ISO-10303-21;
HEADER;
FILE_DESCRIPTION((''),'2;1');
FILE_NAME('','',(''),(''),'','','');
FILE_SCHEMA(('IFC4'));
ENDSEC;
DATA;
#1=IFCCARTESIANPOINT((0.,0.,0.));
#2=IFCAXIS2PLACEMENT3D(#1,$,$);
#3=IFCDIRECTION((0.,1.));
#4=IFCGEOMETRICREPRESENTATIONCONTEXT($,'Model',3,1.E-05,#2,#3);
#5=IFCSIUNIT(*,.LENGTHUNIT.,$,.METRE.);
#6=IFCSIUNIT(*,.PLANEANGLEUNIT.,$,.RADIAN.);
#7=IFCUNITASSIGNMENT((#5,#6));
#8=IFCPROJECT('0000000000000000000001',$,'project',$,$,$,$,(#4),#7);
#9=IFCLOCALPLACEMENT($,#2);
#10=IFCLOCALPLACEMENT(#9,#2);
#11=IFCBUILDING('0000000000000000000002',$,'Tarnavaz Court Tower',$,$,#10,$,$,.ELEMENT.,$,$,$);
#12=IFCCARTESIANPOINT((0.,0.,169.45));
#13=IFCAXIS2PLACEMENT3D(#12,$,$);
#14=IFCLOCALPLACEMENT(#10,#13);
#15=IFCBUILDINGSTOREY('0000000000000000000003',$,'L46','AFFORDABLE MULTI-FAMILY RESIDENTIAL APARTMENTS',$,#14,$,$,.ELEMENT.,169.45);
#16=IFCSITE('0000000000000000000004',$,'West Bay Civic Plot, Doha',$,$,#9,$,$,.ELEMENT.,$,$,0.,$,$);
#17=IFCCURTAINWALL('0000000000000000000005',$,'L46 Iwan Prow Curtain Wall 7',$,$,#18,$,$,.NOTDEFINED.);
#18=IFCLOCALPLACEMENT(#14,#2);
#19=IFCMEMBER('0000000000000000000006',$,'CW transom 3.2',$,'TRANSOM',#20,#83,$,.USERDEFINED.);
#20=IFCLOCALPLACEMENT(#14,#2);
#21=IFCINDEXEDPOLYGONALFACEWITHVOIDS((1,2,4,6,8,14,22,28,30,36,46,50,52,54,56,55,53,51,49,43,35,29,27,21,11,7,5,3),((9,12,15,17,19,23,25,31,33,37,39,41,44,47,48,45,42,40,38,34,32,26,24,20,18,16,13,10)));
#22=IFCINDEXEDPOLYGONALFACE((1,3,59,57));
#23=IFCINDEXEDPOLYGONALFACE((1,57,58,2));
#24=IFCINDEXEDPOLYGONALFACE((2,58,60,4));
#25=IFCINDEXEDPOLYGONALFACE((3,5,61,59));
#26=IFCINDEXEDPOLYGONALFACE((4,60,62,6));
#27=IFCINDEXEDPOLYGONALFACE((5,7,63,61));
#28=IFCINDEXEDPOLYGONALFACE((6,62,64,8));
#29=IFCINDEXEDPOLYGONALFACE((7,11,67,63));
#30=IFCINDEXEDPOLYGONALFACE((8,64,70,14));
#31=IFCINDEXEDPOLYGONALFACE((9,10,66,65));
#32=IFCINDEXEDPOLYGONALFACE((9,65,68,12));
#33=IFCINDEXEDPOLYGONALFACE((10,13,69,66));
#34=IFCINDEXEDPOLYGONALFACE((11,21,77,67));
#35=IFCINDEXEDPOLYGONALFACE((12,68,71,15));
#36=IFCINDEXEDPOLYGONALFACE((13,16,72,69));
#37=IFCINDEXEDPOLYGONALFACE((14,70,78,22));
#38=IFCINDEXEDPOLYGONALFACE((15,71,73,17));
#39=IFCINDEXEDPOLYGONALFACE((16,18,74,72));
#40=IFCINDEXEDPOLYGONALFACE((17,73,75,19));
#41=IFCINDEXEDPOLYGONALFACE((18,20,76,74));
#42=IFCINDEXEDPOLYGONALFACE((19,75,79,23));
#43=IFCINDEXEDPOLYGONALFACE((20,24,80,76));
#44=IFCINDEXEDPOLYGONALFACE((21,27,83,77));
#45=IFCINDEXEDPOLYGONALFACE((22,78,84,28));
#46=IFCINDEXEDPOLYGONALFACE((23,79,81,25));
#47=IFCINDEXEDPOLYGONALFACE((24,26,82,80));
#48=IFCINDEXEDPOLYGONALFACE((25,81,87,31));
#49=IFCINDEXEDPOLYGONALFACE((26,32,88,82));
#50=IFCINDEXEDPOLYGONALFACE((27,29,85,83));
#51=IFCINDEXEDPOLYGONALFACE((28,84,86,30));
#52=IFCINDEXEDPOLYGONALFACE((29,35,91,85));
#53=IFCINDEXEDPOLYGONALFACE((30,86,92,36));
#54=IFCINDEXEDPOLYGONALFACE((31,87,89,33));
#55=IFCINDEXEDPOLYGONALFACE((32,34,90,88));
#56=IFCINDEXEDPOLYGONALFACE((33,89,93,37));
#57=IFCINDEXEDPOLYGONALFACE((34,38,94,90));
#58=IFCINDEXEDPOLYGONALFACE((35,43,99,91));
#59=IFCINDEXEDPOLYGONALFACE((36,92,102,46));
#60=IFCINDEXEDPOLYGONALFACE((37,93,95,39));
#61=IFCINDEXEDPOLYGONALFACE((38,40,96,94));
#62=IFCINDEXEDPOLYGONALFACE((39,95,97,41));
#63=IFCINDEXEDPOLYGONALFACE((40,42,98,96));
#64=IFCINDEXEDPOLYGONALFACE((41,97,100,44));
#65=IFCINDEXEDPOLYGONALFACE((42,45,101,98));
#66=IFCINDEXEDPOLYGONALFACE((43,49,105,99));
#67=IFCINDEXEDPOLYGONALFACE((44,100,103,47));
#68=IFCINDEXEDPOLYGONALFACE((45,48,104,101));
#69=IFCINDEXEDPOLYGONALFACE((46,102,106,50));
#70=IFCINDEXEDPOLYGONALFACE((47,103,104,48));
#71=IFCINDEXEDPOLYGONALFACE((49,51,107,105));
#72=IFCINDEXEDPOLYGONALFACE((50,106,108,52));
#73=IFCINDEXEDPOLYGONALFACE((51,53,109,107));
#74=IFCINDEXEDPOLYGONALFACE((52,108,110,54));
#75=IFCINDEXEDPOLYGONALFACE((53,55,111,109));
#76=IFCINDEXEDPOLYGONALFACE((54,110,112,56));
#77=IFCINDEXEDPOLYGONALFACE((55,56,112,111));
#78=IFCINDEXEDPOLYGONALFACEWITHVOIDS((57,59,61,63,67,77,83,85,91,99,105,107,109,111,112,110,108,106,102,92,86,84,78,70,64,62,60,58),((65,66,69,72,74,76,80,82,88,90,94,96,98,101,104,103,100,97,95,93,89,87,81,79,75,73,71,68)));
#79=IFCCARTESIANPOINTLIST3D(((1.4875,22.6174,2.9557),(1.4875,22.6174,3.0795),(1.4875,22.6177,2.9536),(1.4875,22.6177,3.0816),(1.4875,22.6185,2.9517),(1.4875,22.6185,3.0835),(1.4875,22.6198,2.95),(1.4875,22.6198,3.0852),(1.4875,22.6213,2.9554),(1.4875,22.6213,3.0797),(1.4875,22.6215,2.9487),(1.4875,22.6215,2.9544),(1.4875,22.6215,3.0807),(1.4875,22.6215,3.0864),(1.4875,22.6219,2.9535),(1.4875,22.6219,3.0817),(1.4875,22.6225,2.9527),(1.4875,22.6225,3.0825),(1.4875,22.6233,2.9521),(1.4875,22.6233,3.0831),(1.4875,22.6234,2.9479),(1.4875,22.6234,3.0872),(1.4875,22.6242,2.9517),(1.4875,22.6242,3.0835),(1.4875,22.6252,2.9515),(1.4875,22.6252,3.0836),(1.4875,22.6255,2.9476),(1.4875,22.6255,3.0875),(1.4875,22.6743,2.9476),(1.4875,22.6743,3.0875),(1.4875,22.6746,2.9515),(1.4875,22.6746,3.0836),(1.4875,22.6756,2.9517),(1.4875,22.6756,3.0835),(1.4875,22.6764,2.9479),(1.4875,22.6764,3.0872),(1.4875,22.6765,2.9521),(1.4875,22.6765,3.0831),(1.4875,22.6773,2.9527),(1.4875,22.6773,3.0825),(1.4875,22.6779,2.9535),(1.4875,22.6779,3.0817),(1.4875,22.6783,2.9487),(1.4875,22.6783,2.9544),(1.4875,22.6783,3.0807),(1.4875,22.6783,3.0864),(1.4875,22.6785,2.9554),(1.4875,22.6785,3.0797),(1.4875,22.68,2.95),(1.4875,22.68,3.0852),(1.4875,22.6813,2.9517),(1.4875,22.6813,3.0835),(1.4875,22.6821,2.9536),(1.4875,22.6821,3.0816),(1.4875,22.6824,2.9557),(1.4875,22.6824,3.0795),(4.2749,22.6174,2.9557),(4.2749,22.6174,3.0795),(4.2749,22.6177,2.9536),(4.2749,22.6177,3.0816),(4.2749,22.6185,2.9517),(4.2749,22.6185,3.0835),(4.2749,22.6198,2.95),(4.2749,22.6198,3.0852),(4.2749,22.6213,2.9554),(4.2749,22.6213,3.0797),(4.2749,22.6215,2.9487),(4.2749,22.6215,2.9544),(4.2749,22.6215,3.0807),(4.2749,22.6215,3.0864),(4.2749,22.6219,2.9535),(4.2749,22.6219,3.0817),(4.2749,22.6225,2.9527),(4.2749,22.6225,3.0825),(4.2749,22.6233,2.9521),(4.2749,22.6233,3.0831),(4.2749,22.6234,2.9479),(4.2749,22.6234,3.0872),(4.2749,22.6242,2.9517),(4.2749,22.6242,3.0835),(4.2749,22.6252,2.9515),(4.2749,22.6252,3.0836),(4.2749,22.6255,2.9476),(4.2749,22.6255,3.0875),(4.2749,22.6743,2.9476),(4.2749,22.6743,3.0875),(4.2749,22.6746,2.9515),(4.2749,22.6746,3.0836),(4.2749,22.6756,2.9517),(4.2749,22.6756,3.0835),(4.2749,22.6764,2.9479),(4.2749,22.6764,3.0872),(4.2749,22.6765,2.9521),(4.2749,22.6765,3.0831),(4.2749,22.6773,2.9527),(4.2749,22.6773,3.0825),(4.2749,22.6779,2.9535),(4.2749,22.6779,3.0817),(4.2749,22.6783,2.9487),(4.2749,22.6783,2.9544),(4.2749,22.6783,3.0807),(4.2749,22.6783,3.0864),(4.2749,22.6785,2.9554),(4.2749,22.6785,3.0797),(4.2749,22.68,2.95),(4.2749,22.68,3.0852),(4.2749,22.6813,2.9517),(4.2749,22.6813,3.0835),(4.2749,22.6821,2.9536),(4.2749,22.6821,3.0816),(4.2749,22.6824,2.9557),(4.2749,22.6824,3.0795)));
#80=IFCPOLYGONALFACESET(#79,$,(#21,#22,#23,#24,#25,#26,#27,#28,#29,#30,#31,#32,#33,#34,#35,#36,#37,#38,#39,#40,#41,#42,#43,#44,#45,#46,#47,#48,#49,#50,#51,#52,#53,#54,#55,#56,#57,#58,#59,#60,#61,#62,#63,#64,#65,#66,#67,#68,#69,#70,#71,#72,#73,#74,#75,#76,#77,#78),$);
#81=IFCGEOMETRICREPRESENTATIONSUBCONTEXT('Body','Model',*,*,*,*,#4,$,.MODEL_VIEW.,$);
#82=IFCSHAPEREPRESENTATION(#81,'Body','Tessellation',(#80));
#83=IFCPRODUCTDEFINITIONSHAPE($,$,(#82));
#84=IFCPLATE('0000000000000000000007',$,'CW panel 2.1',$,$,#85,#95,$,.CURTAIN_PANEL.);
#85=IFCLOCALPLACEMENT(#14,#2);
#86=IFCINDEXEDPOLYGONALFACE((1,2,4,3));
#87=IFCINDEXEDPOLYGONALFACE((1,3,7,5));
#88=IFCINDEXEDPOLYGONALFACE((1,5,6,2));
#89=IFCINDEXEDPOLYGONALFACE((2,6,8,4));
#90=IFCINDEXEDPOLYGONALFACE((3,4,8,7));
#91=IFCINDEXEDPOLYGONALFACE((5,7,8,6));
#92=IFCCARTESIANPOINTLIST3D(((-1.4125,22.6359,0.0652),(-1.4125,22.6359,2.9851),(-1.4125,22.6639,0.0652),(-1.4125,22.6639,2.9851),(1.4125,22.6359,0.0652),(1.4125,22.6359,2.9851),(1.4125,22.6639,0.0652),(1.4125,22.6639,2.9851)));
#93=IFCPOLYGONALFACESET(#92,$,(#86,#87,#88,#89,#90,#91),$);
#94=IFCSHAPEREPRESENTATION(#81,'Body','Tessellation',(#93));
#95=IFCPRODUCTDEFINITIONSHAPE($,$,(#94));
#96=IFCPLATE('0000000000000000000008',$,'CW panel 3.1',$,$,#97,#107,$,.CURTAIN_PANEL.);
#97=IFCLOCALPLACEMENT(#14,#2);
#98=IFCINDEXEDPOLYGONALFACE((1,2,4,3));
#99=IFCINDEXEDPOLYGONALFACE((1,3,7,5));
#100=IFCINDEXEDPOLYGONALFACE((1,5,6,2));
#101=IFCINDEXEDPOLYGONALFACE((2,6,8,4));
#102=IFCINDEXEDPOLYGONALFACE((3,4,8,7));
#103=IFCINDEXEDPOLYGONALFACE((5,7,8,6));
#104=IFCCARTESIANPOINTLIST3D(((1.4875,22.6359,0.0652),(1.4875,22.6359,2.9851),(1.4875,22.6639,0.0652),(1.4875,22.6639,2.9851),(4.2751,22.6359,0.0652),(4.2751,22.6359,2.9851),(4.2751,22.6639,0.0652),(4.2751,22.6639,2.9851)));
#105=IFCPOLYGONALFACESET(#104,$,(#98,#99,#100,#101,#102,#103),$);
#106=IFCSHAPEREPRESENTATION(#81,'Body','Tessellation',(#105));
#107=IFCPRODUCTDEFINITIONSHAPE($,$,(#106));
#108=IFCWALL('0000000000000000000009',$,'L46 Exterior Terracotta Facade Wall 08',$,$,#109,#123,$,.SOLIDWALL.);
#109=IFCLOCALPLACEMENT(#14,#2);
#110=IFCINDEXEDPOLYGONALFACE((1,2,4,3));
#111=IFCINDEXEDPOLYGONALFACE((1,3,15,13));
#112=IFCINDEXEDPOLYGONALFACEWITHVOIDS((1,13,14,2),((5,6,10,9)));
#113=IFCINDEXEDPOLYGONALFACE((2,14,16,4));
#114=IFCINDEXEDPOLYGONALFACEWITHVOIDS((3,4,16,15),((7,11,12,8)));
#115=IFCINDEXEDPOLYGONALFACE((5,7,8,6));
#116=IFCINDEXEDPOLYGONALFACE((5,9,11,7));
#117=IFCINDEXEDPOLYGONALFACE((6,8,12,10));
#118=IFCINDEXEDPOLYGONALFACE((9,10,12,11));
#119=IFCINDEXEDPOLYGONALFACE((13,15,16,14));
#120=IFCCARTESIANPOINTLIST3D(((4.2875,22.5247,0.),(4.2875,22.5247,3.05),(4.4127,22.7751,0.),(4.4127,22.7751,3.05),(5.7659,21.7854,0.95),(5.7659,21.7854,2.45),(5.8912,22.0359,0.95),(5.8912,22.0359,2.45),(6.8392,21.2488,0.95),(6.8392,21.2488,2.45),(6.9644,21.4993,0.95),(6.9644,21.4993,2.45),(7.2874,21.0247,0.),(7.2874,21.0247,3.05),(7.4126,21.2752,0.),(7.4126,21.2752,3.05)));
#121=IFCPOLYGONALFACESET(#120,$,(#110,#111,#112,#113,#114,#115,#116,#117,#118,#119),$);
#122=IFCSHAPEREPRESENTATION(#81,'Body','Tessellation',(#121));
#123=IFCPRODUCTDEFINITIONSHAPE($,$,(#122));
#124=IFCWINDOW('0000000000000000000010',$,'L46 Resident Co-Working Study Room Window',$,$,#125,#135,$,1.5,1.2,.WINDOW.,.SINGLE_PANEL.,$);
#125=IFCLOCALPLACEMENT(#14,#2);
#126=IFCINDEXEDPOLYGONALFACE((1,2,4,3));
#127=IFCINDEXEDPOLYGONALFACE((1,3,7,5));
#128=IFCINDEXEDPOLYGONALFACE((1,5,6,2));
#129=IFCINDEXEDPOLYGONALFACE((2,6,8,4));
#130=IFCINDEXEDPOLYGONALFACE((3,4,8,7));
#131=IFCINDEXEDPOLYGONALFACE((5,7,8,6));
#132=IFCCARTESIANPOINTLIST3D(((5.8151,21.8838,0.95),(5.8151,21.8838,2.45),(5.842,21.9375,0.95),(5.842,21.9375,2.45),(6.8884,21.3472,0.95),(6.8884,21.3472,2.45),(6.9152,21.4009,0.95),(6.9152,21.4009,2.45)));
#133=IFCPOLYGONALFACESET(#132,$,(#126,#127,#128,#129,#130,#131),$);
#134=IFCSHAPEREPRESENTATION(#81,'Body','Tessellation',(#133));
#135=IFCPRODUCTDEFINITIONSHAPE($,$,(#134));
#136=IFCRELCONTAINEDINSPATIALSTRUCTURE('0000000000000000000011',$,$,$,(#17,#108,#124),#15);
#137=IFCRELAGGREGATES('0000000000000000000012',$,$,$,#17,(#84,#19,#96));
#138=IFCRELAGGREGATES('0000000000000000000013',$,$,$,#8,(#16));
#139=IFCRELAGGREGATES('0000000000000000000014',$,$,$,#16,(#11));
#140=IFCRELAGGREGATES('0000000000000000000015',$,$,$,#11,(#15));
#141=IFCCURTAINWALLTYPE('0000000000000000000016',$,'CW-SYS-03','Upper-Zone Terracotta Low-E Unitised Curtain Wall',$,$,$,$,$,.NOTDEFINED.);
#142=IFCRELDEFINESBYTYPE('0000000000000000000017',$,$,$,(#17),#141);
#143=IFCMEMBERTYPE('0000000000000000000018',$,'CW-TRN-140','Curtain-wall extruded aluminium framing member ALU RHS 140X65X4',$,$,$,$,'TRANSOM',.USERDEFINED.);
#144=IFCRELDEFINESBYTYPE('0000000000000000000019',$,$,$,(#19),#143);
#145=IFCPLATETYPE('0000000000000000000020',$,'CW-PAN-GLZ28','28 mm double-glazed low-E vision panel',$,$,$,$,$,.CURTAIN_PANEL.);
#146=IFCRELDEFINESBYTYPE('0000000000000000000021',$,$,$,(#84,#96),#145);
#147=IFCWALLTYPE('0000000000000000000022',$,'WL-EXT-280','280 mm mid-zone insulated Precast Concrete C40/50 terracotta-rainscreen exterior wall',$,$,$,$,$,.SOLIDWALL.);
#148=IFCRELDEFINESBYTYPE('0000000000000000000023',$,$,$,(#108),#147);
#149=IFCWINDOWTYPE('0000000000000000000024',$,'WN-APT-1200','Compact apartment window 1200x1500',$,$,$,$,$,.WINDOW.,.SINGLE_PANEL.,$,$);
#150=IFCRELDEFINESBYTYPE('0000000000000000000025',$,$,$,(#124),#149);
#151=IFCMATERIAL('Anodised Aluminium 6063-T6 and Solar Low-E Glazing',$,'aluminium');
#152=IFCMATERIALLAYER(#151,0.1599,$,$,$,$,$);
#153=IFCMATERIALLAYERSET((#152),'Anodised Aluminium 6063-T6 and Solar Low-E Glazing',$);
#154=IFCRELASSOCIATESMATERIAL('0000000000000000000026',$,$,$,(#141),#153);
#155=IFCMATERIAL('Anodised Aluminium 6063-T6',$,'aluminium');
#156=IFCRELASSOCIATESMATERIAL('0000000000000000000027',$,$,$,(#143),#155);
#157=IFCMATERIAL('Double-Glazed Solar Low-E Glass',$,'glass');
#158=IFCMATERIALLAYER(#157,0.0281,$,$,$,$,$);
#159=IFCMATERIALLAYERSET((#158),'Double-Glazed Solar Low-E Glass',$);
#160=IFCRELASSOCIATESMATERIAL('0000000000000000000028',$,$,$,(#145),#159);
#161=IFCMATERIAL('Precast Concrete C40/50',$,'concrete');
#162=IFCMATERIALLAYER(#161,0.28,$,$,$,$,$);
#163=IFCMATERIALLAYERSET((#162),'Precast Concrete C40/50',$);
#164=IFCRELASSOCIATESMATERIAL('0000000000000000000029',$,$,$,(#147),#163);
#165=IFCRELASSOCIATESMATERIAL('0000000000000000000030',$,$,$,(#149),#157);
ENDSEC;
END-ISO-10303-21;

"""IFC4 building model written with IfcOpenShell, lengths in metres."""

from ifc_helpers import new_model, si_unit, direction, frame, frame_2d, origin, origin_2d, place, context, subcontext, project, spatial, rectangle, hollow_rectangle, extrude, material, layer, layer_set, material_profile, profile_set, type_object, element, fill, aggregate, save


model = new_model("IFC4")

# Units and contexts
model_context = context("Model", 3, precision=1e-05, world=origin(), true_north=direction((0.0, 1.0)))
body_context = subcontext(model_context, "Body", "Model", "MODEL_VIEW")
ifc_project = project(units=[si_unit("LENGTHUNIT", "METRE"), si_unit("PLANEANGLEUNIT", "RADIAN")], contexts=[model_context])

# Site, building, storey
site_placement = place(None, origin())
site = spatial("IfcSite", under=ifc_project, at=site_placement, Name="West Bay Civic Plot, Doha", CompositionType="ELEMENT", RefElevation=0.0)
building_placement = place(site_placement, origin())
building = spatial("IfcBuilding", under=site, at=building_placement, Name="Tarnavaz Court Tower", CompositionType="ELEMENT")
storey_placement = place(building_placement, frame((0.0, 0.0, 169.45)))
storey = spatial("IfcBuildingStorey", under=building, at=storey_placement, Name="L46", Description="AFFORDABLE MULTI-FAMILY RESIDENTIAL APARTMENTS", CompositionType="ELEMENT", Elevation=169.45)

# Curtain wall, member, plates
ifc_material_1 = material(Name="Anodised Aluminium 6063-T6 and Solar Low-E Glazing", Category="aluminium")
ifc_layer_1 = layer(ifc_material_1, 0.1599)
ifc_layer_set_1 = layer_set([ifc_layer_1], Name="Anodised Aluminium 6063-T6 and Solar Low-E Glazing")
curtain_wall_type = type_object("IfcCurtainWallType", Name="CW-SYS-03", Description="Upper-Zone Terracotta Low-E Unitised Curtain Wall", PredefinedType="NOTDEFINED", material=ifc_layer_set_1)
curtain_wall_placement = place(storey_placement, origin())
curtain_wall = element("IfcCurtainWall", 1, at=curtain_wall_placement, inside=storey, type_object=curtain_wall_type, Name="L46 Iwan Prow Curtain Wall 7", PredefinedType="NOTDEFINED")
ifc_material_2 = material(Name="Anodised Aluminium 6063-T6", Category="aluminium")
ifc_material_profile_1 = material_profile(ifc_material_2, hollow_rectangle(XDim=0.0649, YDim=0.1399, WallThickness=0.0039, InnerFilletRadius=0.0039, OuterFilletRadius=0.0081, at=origin_2d()), Name="ALU RHS 140X65X4")
ifc_profile_set_1 = profile_set([ifc_material_profile_1], Name="Anodised Aluminium 6063-T6")
member_type_1 = type_object("IfcMemberType", Name="CW-TRN-140", Description="Curtain-wall extruded aluminium framing member ALU RHS 140X65X4", ElementType="TRANSOM", PredefinedType="USERDEFINED", material=ifc_profile_set_1)
member_1_placement = place(storey_placement, frame((1.4875, 22.6499, 3.0176), z_axis=(1.0, 0.0, 0.0), x_axis=(0.0, 1.0, 0.0)))
member_1 = element("IfcMember", 2, at=member_1_placement, type_object=member_type_1, Name="CW transom 3.2", ObjectType="TRANSOM", PredefinedType="USERDEFINED", context=body_context, shape_type="SweptSolid", body=[
    extrude(hollow_rectangle(XDim=0.0649, YDim=0.1399, WallThickness=0.0039, InnerFilletRadius=0.0039, OuterFilletRadius=0.0081, at=origin_2d()), origin(), (0.0, 0.0, 1.0), 2.7874),
])
ifc_material_3 = material(Name="Double-Glazed Solar Low-E Glass", Category="glass")
ifc_layer_2 = layer(ifc_material_3, 0.0281)
ifc_layer_set_2 = layer_set([ifc_layer_2], Name="Double-Glazed Solar Low-E Glass")
plate_type = type_object("IfcPlateType", Name="CW-PAN-GLZ28", Description="28 mm double-glazed low-E vision panel", PredefinedType="CURTAIN_PANEL", material=ifc_layer_set_2)
plate_1_placement = place(storey_placement, frame((0.0, 22.6499, 0.0652), z_axis=(0.0, 0.0, 1.0), x_axis=(1.0, 0.0, 0.0)))
plate_1 = element("IfcPlate", 3, at=plate_1_placement, type_object=plate_type, Name="CW panel 2.1", PredefinedType="CURTAIN_PANEL", context=body_context, shape_type="SweptSolid", body=[
    extrude(rectangle(XDim=2.825, YDim=0.0281, at=origin_2d()), origin(), (0.0, 0.0, 1.0), 2.9199),
])
plate_2_placement = place(storey_placement, frame((2.8813, 22.6499, 0.0652), z_axis=(0.0, 0.0, 1.0), x_axis=(1.0, 0.0, 0.0)))
plate_2 = element("IfcPlate", 4, at=plate_2_placement, type_object=plate_type, Name="CW panel 3.1", PredefinedType="CURTAIN_PANEL", context=body_context, shape_type="SweptSolid", body=[
    extrude(rectangle(XDim=2.7876, YDim=0.0281, at=origin_2d()), origin(), (0.0, 0.0, 1.0), 2.9199),
])
aggregate(curtain_wall, [plate_1, member_1, plate_2])

# Wall, opening, window
ifc_material_4 = material(Name="Precast Concrete C40/50", Category="concrete")
ifc_layer_3 = layer(ifc_material_4, 0.28)
ifc_layer_set_3 = layer_set([ifc_layer_3], Name="Precast Concrete C40/50")
wall_type_1 = type_object("IfcWallType", Name="WL-EXT-280", Description="280 mm mid-zone insulated Precast Concrete C40/50 terracotta-rainscreen exterior wall", PredefinedType="SOLIDWALL", material=ifc_layer_set_3)
wall_1_placement = place(storey_placement, frame((4.3501, 22.6499, 0.0), z_axis=(0.0, 0.0, 1.0), x_axis=(0.894427, -0.447214, 0.0)))
wall_1 = element("IfcWall", 5, at=wall_1_placement, inside=storey, type_object=wall_type_1, Name="L46 Exterior Terracotta Facade Wall 08", PredefinedType="SOLIDWALL", context=body_context, shape_type="SweptSolid", body=[
    extrude(rectangle(XDim=3.354, YDim=0.28, at=frame_2d((1.677, 0.0))), origin(), (0.0, 0.0, 1.0), 3.05),
])
opening_1_placement = place(wall_1_placement, frame((1.6528, 0.0, 0.95)))
opening_1 = element("IfcOpeningElement", 6, at=opening_1_placement, cuts=wall_1, PredefinedType="OPENING", context=body_context, shape_type="SweptSolid", body=[
    extrude(rectangle(XDim=1.2, YDim=1.5, at=frame_2d((0.6001, 0.75))), frame((0.0, 0.1499, 0.0), z_axis=(0.0, -1.0, 0.0), x_axis=(1.0, 0.0, 0.0)), (0.0, 0.0, 1.0), 0.3),
])
window_type_1 = type_object("IfcWindowType", Name="WN-APT-1200", Description="Compact apartment window 1200x1500", PartitioningType="SINGLE_PANEL", PredefinedType="WINDOW", material=ifc_material_3)
window_1_placement = place(opening_1_placement, origin())
window_1 = element("IfcWindow", 7, at=window_1_placement, inside=storey, type_object=window_type_1, Name="L46 Resident Co-Working Study Room Window", OverallHeight=1.5, OverallWidth=1.2, PartitioningType="SINGLE_PANEL", PredefinedType="WINDOW", context=body_context, shape_type="SweptSolid", body=[
    extrude(rectangle(XDim=1.2, YDim=1.5, at=frame_2d((0.6001, 0.75))), frame((0.0, 0.03, 0.0), z_axis=(0.0, -1.0, 0.0), x_axis=(1.0, 0.0, 0.0)), (0.0, 0.0, 1.0), 0.0601),
])
fill(opening_1, window_1)

save(model, "model.ifc")
